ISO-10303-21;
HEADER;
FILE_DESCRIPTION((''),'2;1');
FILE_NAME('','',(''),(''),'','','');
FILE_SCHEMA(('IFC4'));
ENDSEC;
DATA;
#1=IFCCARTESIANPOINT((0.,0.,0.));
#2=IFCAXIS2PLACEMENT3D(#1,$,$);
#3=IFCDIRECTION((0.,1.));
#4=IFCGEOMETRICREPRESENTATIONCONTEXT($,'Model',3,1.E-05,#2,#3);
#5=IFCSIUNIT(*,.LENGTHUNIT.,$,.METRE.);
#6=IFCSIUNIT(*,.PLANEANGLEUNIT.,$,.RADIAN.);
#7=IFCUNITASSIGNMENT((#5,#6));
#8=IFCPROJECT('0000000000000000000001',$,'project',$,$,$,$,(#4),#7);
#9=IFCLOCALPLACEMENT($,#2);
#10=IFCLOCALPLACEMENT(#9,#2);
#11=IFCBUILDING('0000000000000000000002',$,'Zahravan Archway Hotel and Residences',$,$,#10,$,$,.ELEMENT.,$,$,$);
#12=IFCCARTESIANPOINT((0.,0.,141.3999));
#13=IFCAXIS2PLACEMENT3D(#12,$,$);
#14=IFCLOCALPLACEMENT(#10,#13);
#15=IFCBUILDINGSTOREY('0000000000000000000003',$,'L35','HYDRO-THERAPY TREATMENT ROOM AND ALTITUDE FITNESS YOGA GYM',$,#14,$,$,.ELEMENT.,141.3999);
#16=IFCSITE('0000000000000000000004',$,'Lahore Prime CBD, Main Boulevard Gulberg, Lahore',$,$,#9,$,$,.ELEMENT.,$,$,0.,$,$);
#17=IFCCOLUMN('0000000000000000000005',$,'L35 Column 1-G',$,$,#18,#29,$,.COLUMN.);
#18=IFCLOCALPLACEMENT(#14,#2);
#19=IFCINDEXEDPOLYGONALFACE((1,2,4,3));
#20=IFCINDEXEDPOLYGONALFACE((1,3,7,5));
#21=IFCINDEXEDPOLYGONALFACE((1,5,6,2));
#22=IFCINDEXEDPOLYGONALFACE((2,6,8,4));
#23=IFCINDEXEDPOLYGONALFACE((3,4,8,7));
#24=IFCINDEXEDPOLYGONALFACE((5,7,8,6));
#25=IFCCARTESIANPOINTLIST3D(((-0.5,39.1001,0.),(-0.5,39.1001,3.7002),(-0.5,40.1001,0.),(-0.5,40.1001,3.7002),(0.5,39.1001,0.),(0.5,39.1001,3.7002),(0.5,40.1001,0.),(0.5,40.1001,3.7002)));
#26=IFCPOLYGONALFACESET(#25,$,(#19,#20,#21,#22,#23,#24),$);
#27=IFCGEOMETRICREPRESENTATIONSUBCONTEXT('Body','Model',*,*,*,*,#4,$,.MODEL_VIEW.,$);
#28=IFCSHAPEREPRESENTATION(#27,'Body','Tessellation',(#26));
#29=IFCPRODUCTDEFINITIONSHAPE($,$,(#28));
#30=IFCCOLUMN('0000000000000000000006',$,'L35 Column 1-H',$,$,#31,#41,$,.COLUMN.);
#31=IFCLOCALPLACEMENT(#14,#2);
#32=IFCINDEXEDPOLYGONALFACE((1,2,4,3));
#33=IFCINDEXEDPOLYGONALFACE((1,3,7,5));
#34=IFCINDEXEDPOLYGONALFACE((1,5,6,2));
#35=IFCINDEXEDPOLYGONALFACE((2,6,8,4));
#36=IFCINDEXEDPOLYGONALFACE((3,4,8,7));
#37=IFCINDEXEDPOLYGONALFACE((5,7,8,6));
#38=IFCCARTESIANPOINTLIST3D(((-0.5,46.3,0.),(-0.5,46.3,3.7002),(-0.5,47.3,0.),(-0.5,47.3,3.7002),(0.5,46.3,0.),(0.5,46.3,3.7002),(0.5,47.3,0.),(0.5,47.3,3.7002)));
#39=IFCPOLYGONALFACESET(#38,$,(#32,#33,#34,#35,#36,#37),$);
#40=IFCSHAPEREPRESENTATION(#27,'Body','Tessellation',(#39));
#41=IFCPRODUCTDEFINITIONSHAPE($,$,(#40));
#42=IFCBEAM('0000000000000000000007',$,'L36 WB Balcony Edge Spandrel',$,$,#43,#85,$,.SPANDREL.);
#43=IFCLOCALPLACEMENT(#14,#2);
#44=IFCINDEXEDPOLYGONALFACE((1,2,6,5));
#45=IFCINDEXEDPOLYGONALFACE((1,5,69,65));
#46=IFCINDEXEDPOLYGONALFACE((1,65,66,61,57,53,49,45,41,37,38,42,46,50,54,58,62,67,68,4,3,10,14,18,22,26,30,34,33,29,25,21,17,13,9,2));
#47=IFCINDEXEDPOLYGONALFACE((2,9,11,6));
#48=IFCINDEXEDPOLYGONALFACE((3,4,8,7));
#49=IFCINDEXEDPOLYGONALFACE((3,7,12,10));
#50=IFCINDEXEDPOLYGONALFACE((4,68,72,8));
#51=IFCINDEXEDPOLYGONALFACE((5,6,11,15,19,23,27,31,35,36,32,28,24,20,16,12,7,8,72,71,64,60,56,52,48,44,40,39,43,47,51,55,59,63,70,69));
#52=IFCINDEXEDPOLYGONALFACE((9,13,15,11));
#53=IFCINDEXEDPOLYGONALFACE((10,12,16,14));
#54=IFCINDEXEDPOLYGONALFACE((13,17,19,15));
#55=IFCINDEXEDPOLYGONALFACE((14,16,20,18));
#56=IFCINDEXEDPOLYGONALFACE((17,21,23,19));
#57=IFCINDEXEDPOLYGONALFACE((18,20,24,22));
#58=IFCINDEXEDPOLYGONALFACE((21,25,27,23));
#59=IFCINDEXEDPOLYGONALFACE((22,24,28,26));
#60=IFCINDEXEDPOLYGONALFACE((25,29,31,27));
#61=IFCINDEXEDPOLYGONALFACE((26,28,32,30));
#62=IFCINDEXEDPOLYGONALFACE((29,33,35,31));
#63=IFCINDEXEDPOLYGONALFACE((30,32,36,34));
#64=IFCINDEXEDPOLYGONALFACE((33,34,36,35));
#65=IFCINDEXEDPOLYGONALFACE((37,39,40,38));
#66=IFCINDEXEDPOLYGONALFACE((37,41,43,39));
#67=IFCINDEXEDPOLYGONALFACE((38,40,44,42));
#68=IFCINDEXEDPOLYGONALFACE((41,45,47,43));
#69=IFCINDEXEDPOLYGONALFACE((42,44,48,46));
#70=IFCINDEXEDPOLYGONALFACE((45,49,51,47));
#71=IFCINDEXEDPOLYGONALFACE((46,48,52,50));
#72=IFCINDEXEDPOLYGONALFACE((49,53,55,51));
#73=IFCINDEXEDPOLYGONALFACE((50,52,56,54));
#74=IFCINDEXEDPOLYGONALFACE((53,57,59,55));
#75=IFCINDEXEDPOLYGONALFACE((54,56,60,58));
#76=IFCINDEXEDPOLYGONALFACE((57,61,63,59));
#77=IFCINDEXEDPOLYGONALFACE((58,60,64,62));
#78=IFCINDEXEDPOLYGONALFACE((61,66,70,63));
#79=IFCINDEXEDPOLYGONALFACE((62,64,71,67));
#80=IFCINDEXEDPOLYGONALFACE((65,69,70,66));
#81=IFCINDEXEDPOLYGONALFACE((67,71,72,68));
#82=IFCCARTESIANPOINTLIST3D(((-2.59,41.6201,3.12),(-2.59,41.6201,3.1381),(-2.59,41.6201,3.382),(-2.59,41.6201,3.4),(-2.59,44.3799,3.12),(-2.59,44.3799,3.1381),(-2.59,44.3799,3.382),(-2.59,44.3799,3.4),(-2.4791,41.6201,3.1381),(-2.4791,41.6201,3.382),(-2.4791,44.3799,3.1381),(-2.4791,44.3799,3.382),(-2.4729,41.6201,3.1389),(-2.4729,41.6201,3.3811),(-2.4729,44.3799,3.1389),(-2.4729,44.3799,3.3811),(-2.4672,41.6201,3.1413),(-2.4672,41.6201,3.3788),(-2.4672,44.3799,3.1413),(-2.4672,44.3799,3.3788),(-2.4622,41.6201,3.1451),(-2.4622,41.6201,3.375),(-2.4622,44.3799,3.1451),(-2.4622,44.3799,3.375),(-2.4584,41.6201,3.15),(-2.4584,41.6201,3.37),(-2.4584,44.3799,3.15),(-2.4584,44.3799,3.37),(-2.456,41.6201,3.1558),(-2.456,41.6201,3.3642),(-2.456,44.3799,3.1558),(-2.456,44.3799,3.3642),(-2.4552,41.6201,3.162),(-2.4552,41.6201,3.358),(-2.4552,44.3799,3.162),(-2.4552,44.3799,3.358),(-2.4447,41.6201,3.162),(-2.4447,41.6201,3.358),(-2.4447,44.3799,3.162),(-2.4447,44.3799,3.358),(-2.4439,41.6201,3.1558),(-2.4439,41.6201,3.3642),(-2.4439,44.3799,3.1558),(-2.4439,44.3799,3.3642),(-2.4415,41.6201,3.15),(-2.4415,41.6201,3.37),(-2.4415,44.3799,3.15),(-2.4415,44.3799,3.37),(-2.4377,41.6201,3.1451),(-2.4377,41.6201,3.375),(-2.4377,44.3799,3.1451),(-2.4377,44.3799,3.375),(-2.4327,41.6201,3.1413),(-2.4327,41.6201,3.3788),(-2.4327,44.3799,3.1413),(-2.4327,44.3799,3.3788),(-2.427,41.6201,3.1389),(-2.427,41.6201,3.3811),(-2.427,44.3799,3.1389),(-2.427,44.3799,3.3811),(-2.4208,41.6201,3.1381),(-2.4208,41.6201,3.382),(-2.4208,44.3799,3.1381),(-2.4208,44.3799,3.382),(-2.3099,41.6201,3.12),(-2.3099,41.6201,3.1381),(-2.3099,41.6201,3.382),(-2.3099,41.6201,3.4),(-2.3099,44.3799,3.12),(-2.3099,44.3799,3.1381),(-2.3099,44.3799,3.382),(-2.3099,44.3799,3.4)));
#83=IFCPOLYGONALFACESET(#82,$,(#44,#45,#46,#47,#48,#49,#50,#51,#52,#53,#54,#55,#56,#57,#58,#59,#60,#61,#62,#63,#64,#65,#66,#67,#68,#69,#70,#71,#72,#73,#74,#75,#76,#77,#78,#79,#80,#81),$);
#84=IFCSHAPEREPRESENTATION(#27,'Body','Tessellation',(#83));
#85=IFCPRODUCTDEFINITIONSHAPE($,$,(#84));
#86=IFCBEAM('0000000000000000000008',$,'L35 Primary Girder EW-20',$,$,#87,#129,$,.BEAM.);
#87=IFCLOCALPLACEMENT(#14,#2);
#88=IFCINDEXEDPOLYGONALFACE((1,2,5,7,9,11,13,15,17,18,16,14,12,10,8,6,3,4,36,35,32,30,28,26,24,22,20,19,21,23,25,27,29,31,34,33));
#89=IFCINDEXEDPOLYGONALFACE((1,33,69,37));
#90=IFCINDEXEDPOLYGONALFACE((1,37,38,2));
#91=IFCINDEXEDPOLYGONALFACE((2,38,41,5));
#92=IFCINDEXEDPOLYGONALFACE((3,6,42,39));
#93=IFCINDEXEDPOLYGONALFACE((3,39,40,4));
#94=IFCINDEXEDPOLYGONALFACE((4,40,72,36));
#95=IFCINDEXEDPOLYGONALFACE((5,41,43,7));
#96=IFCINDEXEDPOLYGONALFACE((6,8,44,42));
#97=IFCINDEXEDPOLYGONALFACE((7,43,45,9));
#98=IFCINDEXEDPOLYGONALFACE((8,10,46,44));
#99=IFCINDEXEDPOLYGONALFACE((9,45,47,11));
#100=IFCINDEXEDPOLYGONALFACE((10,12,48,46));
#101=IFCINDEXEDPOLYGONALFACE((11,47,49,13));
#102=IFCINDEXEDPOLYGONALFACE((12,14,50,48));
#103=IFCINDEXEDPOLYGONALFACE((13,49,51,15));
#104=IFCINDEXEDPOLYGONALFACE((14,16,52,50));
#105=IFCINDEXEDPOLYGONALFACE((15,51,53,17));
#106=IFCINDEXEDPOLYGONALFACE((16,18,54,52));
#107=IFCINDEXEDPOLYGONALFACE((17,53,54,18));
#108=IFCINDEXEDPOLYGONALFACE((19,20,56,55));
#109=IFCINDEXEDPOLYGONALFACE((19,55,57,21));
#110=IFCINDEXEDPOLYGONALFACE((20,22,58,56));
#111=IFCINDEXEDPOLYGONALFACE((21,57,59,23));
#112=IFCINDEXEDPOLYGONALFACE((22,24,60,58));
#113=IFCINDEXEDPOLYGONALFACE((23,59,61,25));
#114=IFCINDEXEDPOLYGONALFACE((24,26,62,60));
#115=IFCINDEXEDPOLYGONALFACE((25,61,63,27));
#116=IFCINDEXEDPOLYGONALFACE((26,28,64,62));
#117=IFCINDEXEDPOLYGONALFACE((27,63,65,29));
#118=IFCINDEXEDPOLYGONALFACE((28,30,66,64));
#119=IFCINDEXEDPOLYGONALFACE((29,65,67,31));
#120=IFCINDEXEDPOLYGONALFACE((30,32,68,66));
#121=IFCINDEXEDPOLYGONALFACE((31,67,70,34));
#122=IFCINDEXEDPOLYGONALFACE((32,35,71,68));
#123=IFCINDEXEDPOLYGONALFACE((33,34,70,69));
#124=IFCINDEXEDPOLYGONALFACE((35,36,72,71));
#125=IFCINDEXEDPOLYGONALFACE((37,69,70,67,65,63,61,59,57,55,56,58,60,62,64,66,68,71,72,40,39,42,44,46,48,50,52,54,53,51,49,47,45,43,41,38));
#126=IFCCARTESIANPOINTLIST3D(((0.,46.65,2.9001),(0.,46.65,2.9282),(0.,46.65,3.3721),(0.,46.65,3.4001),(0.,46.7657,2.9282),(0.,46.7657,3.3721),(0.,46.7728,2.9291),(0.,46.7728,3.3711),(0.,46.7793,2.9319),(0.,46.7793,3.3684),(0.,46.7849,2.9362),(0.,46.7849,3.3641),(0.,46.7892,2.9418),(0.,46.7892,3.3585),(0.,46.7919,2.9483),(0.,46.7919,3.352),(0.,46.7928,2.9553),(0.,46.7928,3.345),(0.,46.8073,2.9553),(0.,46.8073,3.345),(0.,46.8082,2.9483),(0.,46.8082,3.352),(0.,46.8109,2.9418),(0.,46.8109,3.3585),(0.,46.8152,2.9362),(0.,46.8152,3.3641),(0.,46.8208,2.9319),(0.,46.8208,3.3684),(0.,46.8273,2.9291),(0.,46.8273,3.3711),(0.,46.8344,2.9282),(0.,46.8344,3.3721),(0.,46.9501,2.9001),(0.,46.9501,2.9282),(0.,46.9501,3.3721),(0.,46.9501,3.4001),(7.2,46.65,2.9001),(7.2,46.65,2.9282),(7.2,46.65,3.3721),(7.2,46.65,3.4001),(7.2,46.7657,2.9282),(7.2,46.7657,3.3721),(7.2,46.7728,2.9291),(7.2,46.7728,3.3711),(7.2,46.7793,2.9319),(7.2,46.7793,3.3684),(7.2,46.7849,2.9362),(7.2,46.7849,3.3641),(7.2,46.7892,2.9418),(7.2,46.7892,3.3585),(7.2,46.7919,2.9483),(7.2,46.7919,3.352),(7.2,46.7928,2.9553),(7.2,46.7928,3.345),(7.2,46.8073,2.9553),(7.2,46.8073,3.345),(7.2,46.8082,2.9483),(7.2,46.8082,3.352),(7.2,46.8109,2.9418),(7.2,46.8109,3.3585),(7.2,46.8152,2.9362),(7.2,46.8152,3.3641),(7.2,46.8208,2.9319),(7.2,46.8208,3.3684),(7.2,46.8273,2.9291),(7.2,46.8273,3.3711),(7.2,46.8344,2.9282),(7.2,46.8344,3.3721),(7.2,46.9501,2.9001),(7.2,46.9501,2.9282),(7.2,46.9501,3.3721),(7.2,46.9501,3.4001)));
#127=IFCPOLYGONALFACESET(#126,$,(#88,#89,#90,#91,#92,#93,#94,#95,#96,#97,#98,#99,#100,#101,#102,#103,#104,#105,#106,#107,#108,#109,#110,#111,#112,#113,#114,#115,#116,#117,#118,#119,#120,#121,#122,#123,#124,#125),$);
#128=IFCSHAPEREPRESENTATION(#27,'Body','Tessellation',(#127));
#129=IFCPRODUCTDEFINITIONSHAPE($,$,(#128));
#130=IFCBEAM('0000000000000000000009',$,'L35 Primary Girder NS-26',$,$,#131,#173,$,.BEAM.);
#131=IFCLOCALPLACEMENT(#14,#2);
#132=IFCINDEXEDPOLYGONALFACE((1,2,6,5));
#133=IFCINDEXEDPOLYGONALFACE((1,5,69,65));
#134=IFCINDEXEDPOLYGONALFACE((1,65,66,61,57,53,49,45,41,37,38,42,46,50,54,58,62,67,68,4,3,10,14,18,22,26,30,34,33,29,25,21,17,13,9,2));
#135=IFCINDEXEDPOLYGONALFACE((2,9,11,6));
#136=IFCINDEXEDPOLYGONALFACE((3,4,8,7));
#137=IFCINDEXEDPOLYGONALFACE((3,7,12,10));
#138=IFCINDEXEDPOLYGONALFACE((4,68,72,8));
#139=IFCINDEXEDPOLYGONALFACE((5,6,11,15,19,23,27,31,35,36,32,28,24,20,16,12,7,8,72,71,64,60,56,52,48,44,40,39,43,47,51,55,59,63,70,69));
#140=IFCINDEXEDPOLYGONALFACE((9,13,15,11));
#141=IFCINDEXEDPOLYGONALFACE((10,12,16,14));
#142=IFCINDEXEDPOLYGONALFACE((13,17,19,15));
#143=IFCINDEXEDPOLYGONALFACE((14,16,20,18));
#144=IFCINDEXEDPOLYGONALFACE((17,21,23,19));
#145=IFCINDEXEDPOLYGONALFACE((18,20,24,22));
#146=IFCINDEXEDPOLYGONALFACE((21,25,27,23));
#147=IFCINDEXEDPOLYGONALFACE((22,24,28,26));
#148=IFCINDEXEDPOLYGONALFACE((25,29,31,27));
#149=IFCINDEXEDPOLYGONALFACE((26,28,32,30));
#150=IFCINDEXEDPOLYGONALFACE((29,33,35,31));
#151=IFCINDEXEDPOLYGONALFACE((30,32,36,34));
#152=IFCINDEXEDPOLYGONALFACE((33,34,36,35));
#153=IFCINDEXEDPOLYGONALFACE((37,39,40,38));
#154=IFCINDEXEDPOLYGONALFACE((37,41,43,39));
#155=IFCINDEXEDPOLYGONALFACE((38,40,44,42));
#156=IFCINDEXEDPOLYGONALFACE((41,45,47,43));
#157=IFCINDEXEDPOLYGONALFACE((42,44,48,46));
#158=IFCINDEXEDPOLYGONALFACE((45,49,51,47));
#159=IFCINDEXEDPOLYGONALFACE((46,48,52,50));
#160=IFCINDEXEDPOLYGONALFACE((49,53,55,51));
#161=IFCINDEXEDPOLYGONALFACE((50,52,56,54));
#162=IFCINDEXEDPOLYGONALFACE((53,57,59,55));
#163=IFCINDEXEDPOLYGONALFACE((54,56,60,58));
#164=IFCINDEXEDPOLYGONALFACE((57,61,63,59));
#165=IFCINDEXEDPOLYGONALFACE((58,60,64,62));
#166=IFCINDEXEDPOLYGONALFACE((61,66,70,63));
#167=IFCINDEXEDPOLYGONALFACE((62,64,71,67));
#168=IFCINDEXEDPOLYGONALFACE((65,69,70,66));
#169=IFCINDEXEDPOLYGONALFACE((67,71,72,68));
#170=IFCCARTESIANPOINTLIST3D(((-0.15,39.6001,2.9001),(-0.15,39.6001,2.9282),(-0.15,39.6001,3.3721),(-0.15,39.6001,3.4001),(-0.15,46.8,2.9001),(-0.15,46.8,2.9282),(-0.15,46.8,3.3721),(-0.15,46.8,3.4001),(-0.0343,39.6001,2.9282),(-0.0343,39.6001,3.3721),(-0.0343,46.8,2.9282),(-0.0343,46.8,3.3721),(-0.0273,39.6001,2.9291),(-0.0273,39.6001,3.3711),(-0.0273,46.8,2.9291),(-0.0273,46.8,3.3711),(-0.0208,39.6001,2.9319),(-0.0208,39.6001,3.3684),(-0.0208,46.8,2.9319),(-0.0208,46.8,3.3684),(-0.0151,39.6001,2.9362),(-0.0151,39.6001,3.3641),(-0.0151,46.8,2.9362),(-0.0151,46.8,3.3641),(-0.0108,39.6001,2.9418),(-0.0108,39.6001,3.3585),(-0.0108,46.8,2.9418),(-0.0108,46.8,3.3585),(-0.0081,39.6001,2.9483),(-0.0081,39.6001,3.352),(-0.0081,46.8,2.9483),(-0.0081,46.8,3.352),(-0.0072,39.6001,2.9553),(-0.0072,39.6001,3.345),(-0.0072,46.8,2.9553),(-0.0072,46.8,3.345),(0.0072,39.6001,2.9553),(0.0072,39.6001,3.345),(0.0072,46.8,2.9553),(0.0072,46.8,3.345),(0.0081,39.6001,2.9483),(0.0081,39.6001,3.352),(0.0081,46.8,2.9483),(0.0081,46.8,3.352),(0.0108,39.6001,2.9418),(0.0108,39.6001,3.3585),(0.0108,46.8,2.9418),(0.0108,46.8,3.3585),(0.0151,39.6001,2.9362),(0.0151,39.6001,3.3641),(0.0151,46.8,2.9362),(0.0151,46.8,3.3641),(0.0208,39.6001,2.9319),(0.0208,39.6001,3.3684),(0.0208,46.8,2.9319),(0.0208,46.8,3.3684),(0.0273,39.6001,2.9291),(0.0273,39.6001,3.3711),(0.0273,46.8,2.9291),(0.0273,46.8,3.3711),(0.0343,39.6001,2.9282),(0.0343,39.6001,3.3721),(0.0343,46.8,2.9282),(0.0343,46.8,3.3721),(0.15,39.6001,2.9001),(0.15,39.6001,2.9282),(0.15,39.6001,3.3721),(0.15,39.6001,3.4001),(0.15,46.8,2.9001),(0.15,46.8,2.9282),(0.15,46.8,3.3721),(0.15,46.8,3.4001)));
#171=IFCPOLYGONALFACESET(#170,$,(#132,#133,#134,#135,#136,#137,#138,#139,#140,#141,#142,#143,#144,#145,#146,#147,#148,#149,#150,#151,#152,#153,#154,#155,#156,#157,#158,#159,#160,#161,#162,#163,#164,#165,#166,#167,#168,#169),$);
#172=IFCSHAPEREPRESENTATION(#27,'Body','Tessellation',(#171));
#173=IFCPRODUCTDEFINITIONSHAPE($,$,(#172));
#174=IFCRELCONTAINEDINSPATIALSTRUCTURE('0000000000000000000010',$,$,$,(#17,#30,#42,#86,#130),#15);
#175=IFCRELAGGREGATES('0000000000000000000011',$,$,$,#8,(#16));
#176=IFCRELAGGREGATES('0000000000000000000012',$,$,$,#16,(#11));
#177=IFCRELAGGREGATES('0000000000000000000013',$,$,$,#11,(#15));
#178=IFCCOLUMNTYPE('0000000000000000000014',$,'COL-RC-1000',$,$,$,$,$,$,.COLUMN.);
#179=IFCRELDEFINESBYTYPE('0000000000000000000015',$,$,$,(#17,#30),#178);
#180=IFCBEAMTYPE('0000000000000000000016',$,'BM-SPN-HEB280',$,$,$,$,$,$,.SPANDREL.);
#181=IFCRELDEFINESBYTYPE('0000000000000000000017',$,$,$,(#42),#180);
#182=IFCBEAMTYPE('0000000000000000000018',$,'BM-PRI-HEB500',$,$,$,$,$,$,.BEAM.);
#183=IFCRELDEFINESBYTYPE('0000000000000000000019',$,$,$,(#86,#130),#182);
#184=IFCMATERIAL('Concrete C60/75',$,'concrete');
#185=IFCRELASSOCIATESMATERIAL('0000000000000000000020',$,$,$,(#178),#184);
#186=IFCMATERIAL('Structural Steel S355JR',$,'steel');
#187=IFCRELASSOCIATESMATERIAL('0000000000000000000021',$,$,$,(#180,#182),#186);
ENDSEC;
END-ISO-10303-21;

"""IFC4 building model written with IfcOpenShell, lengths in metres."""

from ifc_helpers import new_model, si_unit, direction, frame, origin, origin_2d, place, context, subcontext, project, spatial, rectangle, i_section, extrude, source, transform, mapped, material, material_profile, profile_set, type_object, element, save


model = new_model("IFC4")

# Units and contexts
model_context = context("Model", 3, precision=1e-05, world=origin(), true_north=direction((0.0, 1.0)))
body_context = subcontext(model_context, "Body", "Model", "MODEL_VIEW")
ifc_project = project(units=[si_unit("LENGTHUNIT", "METRE"), si_unit("PLANEANGLEUNIT", "RADIAN")], contexts=[model_context])

# Site, building, storey
site_placement = place(None, origin())
site = spatial("IfcSite", under=ifc_project, at=site_placement, Name="Lahore Prime CBD, Main Boulevard Gulberg, Lahore", CompositionType="ELEMENT", RefElevation=0.0)
building_placement = place(site_placement, origin())
building = spatial("IfcBuilding", under=site, at=building_placement, Name="Zahravan Archway Hotel and Residences", CompositionType="ELEMENT")
storey_placement = place(building_placement, frame((0.0, 0.0, 141.3999)))
storey = spatial("IfcBuildingStorey", under=building, at=storey_placement, Name="L35", Description="HYDRO-THERAPY TREATMENT ROOM AND ALTITUDE FITNESS YOGA GYM", CompositionType="ELEMENT", Elevation=141.3999)

# Columns
ifc_material_1 = material(Name="Concrete C60/75", Category="concrete")
ifc_material_profile_1 = material_profile(ifc_material_1, rectangle(XDim=1.0, YDim=1.0, at=origin_2d()), Name="RC-COL-1000x1000", Category="concrete")
ifc_profile_set_1 = profile_set([ifc_material_profile_1], Name="Concrete C60/75")
column_type = type_object("IfcColumnType", Name="COL-RC-1000", PredefinedType="COLUMN", material=ifc_profile_set_1)
shared_shape_1 = source(origin(), body_context, "Body", "SweptSolid", [
    extrude(rectangle(XDim=1.0, YDim=1.0, at=origin_2d()), origin(), (0.0, 0.0, 1.0), 3.7002),
])
for number, where, z_axis, x_axis, name in (
    (1, (0.0, 39.6001, 0.0), (0.0, 0.0, 1.0), (1.0, 0.0, 0.0), "L35 Column 1-G"),
    (2, (0.0, 46.8, 0.0), (0.0, 0.0, 1.0), (1.0, 0.0, 0.0), "L35 Column 1-H"),
):
    element("IfcColumn", number, at=place(storey_placement, frame(where, z_axis=z_axis, x_axis=x_axis)), inside=storey, type_object=column_type, Name=name, PredefinedType="COLUMN", context=body_context, shape_type="MappedRepresentation", body=[
        mapped(shared_shape_1, transform((0.0, 0.0, 0.0), scale=1.0)),
    ])

# Beams
ifc_material_2 = material(Name="Structural Steel S355JR", Category="steel")
ifc_material_profile_2 = material_profile(ifc_material_2, i_section(OverallWidth=0.28, OverallDepth=0.28, WebThickness=0.0105, FlangeThickness=0.0181, FilletRadius=0.0239, at=origin_2d()), Name="HEB 280", Category="steel")
ifc_profile_set_2 = profile_set([ifc_material_profile_2], Name="Structural Steel S355JR")
beam_type_1 = type_object("IfcBeamType", Name="BM-SPN-HEB280", PredefinedType="SPANDREL", material=ifc_profile_set_2)
shared_shape_2 = source(origin(), body_context, "Body", "SweptSolid", [
    extrude(i_section(OverallWidth=0.28, OverallDepth=0.28, WebThickness=0.0105, FlangeThickness=0.0181, FilletRadius=0.0239, at=origin_2d()), origin(), (0.0, 0.0, 1.0), 2.7598),
])
beam_placement = place(storey_placement, frame((-2.45, 41.6201, 3.26), z_axis=(0.0, 1.0, 0.0), x_axis=(-1.0, 0.0, 0.0)))
element("IfcBeam", 3, at=beam_placement, inside=storey, type_object=beam_type_1, Name="L36 WB Balcony Edge Spandrel", PredefinedType="SPANDREL", context=body_context, shape_type="MappedRepresentation", body=[
    mapped(shared_shape_2, transform((0.0, 0.0, 0.0), scale=1.0)),
])
ifc_material_profile_3 = material_profile(ifc_material_2, i_section(OverallWidth=0.3, OverallDepth=0.5, WebThickness=0.0144, FlangeThickness=0.0281, FilletRadius=0.0271, at=origin_2d()), Name="HEB 500", Category="steel")
ifc_profile_set_3 = profile_set([ifc_material_profile_3], Name="Structural Steel S355JR")
beam_type_2 = type_object("IfcBeamType", Name="BM-PRI-HEB500", PredefinedType="BEAM", material=ifc_profile_set_3)
shared_shape_3 = source(origin(), body_context, "Body", "SweptSolid", [
    extrude(i_section(OverallWidth=0.3, OverallDepth=0.5, WebThickness=0.0144, FlangeThickness=0.0281, FilletRadius=0.0271, at=origin_2d()), origin(), (0.0, 0.0, 1.0), 7.2),
])
for number, where, z_axis, x_axis, name in (
    (4, (0.0, 46.8, 3.1501), (1.0, 0.0, 0.0), (0.0, 1.0, 0.0), "L35 Primary Girder EW-20"),
    (5, (0.0, 39.6001, 3.1501), (0.0, 1.0, 0.0), (-1.0, 0.0, 0.0), "L35 Primary Girder NS-26"),
):
    element("IfcBeam", number, at=place(storey_placement, frame(where, z_axis=z_axis, x_axis=x_axis)), inside=storey, type_object=beam_type_2, Name=name, PredefinedType="BEAM", context=body_context, shape_type="MappedRepresentation", body=[
        mapped(shared_shape_3, transform((0.0, 0.0, 0.0), scale=1.0)),
    ])

save(model, "model.ifc")
